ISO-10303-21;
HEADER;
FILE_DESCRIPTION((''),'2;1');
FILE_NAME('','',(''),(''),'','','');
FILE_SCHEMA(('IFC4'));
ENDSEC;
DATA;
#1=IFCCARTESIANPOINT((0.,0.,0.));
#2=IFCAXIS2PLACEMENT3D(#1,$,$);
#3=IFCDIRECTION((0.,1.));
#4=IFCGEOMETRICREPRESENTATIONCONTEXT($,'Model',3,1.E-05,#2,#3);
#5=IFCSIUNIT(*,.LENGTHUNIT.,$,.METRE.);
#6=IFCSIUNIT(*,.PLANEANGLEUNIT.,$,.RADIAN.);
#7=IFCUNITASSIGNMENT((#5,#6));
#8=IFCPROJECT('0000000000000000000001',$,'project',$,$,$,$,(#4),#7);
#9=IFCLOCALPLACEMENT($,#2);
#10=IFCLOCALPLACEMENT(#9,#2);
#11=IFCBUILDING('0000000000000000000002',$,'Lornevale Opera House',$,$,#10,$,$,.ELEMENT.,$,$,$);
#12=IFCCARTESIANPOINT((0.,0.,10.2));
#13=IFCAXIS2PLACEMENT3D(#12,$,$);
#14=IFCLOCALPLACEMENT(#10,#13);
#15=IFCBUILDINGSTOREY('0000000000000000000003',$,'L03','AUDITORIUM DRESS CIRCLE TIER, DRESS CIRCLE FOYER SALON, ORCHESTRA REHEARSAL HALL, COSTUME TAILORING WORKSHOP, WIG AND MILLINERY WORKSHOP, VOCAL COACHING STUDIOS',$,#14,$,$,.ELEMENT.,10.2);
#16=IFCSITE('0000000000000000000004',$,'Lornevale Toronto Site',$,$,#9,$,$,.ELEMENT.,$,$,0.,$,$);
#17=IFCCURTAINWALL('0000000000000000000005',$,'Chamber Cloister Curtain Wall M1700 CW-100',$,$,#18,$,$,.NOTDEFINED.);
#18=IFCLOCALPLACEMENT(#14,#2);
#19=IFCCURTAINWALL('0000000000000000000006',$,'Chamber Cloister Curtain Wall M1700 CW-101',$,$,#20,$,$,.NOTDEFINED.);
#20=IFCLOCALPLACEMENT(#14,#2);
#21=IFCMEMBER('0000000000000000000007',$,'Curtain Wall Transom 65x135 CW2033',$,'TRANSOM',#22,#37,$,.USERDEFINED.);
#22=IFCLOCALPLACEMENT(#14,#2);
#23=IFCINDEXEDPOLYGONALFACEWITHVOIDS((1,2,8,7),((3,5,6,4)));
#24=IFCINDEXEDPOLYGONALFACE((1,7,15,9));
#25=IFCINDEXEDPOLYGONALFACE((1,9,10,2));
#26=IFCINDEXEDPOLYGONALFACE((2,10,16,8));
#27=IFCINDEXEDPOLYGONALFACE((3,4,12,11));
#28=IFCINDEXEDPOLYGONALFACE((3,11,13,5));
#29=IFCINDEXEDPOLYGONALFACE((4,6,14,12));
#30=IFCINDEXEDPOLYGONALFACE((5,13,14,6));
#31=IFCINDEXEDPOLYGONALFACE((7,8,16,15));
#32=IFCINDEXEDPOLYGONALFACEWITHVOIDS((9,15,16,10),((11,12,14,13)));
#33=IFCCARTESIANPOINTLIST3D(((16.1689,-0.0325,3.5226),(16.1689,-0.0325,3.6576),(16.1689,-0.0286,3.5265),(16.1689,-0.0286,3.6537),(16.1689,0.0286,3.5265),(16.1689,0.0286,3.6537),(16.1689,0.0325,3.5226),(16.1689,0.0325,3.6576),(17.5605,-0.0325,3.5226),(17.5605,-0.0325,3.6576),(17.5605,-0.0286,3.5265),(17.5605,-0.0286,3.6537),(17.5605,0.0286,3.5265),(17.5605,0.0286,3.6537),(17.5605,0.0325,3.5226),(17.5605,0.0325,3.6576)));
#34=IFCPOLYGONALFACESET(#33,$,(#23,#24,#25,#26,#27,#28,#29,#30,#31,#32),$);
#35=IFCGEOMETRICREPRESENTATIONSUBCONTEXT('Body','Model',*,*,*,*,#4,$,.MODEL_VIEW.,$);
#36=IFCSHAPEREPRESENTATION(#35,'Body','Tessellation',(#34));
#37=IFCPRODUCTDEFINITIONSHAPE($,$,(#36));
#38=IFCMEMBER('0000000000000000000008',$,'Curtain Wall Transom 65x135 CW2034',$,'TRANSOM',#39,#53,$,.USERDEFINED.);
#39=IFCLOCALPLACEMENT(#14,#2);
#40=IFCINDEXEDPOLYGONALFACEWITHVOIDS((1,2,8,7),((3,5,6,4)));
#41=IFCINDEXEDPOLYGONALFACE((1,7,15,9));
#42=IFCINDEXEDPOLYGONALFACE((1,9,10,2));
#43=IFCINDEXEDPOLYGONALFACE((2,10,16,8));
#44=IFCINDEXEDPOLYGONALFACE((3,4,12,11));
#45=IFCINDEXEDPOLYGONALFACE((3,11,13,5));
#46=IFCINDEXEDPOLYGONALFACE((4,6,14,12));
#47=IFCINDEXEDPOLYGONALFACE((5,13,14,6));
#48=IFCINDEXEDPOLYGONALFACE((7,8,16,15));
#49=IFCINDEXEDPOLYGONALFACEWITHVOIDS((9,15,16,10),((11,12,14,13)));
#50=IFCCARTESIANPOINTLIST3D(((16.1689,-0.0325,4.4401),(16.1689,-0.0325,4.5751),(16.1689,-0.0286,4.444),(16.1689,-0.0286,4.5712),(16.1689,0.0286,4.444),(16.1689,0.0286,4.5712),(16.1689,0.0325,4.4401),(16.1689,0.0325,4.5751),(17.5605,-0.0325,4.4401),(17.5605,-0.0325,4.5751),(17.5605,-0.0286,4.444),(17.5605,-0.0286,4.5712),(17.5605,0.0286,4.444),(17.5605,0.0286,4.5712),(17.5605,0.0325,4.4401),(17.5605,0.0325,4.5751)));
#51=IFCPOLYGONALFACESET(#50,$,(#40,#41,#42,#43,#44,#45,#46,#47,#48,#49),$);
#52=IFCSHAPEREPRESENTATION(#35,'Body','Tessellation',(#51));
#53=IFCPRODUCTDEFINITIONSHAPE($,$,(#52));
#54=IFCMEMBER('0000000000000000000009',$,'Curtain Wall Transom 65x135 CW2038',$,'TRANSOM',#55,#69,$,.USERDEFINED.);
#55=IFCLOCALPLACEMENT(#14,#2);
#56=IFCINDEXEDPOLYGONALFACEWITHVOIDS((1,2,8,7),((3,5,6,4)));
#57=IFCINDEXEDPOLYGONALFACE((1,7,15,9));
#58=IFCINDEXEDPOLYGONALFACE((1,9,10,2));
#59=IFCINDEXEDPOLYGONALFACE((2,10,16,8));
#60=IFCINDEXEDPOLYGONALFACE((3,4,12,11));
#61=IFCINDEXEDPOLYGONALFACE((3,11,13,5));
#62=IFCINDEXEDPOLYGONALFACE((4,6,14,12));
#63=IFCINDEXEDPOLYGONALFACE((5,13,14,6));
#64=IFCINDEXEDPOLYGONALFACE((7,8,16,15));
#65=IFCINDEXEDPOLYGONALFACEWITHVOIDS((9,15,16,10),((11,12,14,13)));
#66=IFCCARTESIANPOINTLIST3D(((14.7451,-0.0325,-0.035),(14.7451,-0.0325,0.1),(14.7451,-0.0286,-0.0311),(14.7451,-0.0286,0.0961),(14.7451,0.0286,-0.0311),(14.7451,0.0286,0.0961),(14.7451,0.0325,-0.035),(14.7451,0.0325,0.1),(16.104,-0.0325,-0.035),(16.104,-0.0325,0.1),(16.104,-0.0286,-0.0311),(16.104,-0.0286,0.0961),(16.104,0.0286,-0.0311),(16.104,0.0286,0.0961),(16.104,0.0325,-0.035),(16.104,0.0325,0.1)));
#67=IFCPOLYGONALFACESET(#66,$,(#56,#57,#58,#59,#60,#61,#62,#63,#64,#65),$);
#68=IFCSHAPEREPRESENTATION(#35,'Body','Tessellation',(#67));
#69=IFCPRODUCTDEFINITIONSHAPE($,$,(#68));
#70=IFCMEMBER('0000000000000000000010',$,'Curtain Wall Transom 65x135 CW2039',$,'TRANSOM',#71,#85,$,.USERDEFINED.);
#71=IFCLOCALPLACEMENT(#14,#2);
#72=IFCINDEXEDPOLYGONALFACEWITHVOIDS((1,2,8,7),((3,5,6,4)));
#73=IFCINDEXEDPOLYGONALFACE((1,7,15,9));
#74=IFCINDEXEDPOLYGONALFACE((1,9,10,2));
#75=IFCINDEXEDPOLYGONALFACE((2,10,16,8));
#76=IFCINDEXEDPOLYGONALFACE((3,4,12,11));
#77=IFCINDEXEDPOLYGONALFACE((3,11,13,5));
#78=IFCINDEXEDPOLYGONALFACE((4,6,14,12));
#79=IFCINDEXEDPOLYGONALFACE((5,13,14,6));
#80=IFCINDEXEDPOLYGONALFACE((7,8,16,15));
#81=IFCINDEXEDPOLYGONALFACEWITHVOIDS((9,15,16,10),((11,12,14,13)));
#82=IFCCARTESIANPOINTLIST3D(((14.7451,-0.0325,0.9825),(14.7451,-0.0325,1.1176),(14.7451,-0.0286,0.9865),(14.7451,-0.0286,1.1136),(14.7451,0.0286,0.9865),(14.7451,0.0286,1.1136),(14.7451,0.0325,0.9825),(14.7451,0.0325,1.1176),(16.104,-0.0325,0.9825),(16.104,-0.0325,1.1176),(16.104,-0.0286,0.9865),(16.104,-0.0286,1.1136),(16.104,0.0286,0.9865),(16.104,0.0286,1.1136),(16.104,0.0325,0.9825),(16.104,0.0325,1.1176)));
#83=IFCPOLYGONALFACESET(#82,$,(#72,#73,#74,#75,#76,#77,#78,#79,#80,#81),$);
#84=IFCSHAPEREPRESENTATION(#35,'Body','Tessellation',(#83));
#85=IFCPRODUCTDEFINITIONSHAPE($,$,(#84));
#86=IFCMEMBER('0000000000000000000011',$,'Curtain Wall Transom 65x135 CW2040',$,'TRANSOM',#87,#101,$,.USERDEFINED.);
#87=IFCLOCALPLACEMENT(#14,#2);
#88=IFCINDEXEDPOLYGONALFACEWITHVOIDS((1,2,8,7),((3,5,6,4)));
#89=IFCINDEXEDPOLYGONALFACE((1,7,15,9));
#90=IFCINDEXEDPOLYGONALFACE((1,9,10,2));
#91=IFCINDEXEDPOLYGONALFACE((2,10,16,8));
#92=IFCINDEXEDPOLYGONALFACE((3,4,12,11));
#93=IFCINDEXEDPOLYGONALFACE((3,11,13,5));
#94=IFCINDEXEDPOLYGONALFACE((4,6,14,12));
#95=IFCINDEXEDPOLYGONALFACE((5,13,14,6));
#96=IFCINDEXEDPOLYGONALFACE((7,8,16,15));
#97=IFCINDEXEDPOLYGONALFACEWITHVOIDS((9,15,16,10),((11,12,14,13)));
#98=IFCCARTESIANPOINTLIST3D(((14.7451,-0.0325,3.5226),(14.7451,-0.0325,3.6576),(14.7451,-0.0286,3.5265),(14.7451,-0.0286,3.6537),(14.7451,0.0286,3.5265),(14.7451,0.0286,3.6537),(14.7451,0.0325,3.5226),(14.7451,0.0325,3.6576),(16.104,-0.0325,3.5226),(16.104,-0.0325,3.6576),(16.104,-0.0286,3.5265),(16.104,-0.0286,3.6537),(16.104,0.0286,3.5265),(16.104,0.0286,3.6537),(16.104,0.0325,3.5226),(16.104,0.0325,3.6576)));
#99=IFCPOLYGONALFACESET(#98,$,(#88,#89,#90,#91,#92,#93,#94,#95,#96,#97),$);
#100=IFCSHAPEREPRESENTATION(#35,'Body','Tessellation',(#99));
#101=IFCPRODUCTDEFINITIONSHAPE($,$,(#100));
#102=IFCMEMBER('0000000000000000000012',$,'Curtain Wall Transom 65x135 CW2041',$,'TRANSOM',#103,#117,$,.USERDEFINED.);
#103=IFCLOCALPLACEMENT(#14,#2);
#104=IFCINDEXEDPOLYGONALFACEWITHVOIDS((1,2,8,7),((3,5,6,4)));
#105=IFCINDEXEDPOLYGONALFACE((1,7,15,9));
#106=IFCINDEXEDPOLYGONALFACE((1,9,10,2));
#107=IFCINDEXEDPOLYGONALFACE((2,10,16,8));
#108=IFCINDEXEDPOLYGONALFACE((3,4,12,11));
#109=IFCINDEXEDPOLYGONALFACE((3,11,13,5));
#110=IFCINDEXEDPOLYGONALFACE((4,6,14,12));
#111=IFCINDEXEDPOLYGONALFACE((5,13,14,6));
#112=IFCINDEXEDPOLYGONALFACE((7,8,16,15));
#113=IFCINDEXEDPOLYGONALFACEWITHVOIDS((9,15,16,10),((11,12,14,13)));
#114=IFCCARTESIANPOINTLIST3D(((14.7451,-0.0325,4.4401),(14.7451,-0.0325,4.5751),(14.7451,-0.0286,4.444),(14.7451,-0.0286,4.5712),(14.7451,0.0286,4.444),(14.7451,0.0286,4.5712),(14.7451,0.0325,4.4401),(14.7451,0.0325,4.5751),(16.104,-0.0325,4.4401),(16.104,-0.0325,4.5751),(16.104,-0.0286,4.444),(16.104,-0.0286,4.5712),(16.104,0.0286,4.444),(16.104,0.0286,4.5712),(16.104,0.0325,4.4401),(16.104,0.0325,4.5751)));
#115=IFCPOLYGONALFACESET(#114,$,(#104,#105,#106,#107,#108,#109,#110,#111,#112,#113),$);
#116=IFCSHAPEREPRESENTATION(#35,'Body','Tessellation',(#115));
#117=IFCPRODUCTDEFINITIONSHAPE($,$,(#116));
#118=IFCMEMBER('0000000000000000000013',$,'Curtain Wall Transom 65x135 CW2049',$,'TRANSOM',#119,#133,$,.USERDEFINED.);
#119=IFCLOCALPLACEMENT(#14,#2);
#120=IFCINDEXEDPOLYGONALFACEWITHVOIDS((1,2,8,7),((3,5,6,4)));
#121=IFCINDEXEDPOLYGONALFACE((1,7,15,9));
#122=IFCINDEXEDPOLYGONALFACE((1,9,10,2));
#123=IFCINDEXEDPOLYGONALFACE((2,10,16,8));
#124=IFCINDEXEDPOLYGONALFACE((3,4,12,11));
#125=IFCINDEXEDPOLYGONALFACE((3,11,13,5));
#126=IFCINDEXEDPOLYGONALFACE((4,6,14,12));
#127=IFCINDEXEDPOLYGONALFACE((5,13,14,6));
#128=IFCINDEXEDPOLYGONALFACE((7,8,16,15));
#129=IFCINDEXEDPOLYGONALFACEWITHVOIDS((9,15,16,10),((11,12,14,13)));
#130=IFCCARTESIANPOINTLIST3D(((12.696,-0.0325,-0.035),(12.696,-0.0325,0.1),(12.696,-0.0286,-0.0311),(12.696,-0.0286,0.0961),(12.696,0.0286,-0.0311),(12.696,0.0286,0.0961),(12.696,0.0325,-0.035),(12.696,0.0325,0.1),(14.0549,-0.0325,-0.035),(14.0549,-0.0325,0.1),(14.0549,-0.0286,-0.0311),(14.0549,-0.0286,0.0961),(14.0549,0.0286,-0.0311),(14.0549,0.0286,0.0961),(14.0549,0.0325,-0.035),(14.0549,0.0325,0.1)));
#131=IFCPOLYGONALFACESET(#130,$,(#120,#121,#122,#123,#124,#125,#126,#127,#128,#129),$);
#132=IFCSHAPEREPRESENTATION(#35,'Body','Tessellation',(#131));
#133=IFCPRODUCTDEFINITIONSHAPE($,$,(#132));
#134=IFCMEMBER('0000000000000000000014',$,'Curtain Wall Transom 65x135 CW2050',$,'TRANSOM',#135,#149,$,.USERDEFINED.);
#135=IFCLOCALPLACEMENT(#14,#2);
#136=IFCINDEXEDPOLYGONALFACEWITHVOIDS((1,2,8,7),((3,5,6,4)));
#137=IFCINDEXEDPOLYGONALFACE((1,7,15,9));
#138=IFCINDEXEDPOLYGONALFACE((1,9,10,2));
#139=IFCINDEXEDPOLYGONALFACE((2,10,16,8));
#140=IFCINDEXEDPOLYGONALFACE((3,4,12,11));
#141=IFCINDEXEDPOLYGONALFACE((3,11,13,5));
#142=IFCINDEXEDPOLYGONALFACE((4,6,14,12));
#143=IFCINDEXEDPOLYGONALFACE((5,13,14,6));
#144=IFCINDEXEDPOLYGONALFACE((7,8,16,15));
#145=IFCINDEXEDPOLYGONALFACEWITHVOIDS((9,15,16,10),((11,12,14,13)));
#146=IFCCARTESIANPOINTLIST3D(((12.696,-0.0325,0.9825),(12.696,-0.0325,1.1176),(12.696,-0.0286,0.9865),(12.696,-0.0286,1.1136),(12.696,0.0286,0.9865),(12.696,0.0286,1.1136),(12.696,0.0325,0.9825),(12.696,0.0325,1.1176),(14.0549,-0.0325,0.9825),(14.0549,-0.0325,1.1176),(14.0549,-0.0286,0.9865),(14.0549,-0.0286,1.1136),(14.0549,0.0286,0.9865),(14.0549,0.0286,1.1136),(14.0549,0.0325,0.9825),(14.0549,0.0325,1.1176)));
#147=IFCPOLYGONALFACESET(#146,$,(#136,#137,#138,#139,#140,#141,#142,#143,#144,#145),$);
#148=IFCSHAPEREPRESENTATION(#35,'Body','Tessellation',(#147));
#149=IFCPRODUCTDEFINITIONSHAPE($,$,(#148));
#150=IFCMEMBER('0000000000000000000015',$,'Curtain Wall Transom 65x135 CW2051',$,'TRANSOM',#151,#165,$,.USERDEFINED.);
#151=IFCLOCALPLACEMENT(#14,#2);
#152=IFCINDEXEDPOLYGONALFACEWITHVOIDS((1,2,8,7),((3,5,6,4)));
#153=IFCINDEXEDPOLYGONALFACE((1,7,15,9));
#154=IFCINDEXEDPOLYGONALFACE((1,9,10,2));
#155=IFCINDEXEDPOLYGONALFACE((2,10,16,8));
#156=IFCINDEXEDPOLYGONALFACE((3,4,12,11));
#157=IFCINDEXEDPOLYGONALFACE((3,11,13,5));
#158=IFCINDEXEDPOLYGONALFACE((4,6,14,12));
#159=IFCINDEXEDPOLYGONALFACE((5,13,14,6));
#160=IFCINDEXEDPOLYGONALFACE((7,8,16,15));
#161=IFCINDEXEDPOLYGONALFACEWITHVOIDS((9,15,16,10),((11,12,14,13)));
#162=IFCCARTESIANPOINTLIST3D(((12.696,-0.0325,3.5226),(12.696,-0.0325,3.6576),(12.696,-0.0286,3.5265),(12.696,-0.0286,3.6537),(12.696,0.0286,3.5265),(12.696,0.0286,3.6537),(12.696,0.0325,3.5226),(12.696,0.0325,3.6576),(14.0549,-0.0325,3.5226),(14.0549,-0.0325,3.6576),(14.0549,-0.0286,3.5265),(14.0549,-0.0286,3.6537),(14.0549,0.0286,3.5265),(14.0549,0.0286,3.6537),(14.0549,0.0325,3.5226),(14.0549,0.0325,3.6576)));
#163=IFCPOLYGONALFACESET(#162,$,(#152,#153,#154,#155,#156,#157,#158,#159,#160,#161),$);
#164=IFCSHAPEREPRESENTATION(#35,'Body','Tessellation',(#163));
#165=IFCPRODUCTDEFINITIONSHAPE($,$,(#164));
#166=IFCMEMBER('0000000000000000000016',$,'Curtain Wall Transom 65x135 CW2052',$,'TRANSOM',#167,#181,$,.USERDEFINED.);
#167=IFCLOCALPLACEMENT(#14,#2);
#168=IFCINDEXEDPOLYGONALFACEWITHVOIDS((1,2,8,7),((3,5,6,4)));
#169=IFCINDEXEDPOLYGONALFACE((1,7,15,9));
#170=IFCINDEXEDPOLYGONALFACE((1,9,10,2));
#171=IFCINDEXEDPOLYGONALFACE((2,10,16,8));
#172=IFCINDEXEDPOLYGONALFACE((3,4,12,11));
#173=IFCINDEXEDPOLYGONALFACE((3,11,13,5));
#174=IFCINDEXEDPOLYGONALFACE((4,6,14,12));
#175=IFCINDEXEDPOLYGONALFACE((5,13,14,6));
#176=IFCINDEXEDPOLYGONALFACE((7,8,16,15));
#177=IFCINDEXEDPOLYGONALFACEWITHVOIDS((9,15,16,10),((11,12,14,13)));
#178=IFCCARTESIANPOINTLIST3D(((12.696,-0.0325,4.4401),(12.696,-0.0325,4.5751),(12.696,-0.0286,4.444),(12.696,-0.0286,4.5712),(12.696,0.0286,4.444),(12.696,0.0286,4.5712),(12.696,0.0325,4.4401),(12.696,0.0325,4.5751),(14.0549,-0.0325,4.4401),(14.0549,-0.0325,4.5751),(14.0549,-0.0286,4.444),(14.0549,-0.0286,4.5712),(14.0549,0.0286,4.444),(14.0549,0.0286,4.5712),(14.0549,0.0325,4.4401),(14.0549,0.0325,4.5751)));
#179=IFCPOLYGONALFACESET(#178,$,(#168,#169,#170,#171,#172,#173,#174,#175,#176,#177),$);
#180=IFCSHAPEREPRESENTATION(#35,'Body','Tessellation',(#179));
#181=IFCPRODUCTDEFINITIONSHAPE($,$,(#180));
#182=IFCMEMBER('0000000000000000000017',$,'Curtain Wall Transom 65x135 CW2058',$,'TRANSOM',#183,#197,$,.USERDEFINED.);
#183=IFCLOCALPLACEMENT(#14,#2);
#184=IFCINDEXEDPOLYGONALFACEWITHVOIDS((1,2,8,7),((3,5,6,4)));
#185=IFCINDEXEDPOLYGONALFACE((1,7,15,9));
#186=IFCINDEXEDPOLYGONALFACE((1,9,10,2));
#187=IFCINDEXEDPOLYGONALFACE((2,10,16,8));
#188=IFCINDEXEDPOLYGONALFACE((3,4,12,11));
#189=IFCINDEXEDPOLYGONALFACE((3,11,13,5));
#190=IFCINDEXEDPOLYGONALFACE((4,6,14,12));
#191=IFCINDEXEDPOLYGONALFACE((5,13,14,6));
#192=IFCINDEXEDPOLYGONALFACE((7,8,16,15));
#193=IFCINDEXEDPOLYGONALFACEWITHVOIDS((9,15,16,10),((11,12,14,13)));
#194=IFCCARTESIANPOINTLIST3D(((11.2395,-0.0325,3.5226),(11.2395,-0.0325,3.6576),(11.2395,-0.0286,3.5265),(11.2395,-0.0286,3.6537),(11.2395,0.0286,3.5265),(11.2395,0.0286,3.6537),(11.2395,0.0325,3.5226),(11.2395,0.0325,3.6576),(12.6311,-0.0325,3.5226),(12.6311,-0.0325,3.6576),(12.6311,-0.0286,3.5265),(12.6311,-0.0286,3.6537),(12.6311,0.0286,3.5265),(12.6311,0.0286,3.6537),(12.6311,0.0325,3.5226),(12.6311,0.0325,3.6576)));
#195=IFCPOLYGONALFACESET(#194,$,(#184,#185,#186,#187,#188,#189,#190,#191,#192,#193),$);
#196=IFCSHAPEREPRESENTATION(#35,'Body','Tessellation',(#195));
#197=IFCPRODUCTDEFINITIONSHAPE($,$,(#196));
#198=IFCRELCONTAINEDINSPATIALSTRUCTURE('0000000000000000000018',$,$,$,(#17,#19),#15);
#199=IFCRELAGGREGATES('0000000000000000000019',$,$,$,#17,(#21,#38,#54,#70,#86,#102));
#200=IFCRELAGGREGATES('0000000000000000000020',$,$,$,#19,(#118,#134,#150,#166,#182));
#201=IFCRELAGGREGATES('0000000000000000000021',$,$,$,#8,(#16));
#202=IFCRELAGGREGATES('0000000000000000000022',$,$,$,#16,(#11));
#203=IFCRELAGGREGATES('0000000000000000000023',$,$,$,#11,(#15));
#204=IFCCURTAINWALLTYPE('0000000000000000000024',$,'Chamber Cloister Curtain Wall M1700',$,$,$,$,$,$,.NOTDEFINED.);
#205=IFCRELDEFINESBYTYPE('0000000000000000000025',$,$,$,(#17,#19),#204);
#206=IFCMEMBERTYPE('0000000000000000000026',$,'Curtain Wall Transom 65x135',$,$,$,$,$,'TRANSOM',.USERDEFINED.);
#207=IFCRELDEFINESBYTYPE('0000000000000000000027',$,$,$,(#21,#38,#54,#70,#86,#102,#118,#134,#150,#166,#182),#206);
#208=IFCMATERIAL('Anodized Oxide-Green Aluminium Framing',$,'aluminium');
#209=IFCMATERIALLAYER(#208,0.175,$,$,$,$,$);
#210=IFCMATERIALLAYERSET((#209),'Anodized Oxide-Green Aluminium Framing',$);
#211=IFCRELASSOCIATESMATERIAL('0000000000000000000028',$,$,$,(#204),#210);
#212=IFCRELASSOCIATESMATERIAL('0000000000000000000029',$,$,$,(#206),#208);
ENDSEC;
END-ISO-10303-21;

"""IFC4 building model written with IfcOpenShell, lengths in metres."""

from ifc_helpers import new_model, si_unit, direction, frame, origin, origin_2d, place, context, subcontext, project, spatial, hollow_rectangle, extrude, material, layer, layer_set, material_profile, profile_set, type_object, element, aggregate, save


model = new_model("IFC4")

# Units and contexts
model_context = context("Model", 3, precision=1e-05, world=origin(), true_north=direction((0.0, 1.0)))
body_context = subcontext(model_context, "Body", "Model", "MODEL_VIEW")
ifc_project = project(units=[si_unit("LENGTHUNIT", "METRE"), si_unit("PLANEANGLEUNIT", "RADIAN")], contexts=[model_context])

# Site, building, storey
site_placement = place(None, origin())
site = spatial("IfcSite", under=ifc_project, at=site_placement, Name="Lornevale Toronto Site", CompositionType="ELEMENT", RefElevation=0.0)
building_placement = place(site_placement, origin())
building = spatial("IfcBuilding", under=site, at=building_placement, Name="Lornevale Opera House", CompositionType="ELEMENT")
storey_placement = place(building_placement, frame((0.0, 0.0, 10.2)))
storey = spatial("IfcBuildingStorey", under=building, at=storey_placement, Name="L03", Description="AUDITORIUM DRESS CIRCLE TIER, DRESS CIRCLE FOYER SALON, ORCHESTRA REHEARSAL HALL, COSTUME TAILORING WORKSHOP, WIG AND MILLINERY WORKSHOP, VOCAL COACHING STUDIOS", CompositionType="ELEMENT", Elevation=10.2)

# Curtain walls
ifc_material_1 = material(Name="Anodized Oxide-Green Aluminium Framing", Category="aluminium")
ifc_layer_1 = layer(ifc_material_1, 0.175)
ifc_layer_set_1 = layer_set([ifc_layer_1], Name="Anodized Oxide-Green Aluminium Framing")
curtain_wall_type = type_object("IfcCurtainWallType", Name="Chamber Cloister Curtain Wall M1700", PredefinedType="NOTDEFINED", material=ifc_layer_set_1)
curtain_wall_1_placement = place(storey_placement, origin())
curtain_wall_1 = element("IfcCurtainWall", 1, at=curtain_wall_1_placement, inside=storey, type_object=curtain_wall_type, Name="Chamber Cloister Curtain Wall M1700 CW-100", PredefinedType="NOTDEFINED")
curtain_wall_2_placement = place(storey_placement, origin())
curtain_wall_2 = element("IfcCurtainWall", 2, at=curtain_wall_2_placement, inside=storey, type_object=curtain_wall_type, Name="Chamber Cloister Curtain Wall M1700 CW-101", PredefinedType="NOTDEFINED")

# Members
ifc_material_profile_1 = material_profile(ifc_material_1, hollow_rectangle(XDim=0.0649, YDim=0.135, WallThickness=0.0039, at=origin_2d()), Name="ALU65x135x4")
ifc_profile_set_1 = profile_set([ifc_material_profile_1], Name="Anodized Oxide-Green Aluminium Framing")
member_type_1 = type_object("IfcMemberType", Name="Curtain Wall Transom 65x135", ElementType="TRANSOM", PredefinedType="USERDEFINED", material=ifc_profile_set_1)
member_1_placement = place(storey_placement, frame((17.5605, 0.0, 3.5901), z_axis=(-1.0, 0.0, 0.0), x_axis=(0.0, -1.0, 0.0)))
member_1 = element("IfcMember", 3, at=member_1_placement, type_object=member_type_1, Name="Curtain Wall Transom 65x135 CW2033", ObjectType="TRANSOM", PredefinedType="USERDEFINED", context=body_context, shape_type="SweptSolid", body=[
    extrude(hollow_rectangle(XDim=0.0649, YDim=0.135, WallThickness=0.0039, at=origin_2d()), origin(), (0.0, 0.0, 1.0), 1.3916),
])
member_2_placement = place(storey_placement, frame((17.5605, 0.0, 4.5076), z_axis=(-1.0, 0.0, 0.0), x_axis=(0.0, -1.0, 0.0)))
member_2 = element("IfcMember", 4, at=member_2_placement, type_object=member_type_1, Name="Curtain Wall Transom 65x135 CW2034", ObjectType="TRANSOM", PredefinedType="USERDEFINED", context=body_context, shape_type="SweptSolid", body=[
    extrude(hollow_rectangle(XDim=0.0649, YDim=0.135, WallThickness=0.0039, at=origin_2d()), origin(), (0.0, 0.0, 1.0), 1.3916),
])
member_3_placement = place(storey_placement, frame((16.104, 0.0, 0.0325), z_axis=(-1.0, 0.0, 0.0), x_axis=(0.0, -1.0, 0.0)))
member_3 = element("IfcMember", 5, at=member_3_placement, type_object=member_type_1, Name="Curtain Wall Transom 65x135 CW2038", ObjectType="TRANSOM", PredefinedType="USERDEFINED", context=body_context, shape_type="SweptSolid", body=[
    extrude(hollow_rectangle(XDim=0.0649, YDim=0.135, WallThickness=0.0039, at=origin_2d()), origin(), (0.0, 0.0, 1.0), 1.3589),
])
member_4_placement = place(storey_placement, frame((16.104, 0.0, 1.05), z_axis=(-1.0, 0.0, 0.0), x_axis=(0.0, -1.0, 0.0)))
member_4 = element("IfcMember", 6, at=member_4_placement, type_object=member_type_1, Name="Curtain Wall Transom 65x135 CW2039", ObjectType="TRANSOM", PredefinedType="USERDEFINED", context=body_context, shape_type="SweptSolid", body=[
    extrude(hollow_rectangle(XDim=0.0649, YDim=0.135, WallThickness=0.0039, at=origin_2d()), origin(), (0.0, 0.0, 1.0), 1.3589),
])
member_5_placement = place(storey_placement, frame((16.104, 0.0, 3.5901), z_axis=(-1.0, 0.0, 0.0), x_axis=(0.0, -1.0, 0.0)))
member_5 = element("IfcMember", 7, at=member_5_placement, type_object=member_type_1, Name="Curtain Wall Transom 65x135 CW2040", ObjectType="TRANSOM", PredefinedType="USERDEFINED", context=body_context, shape_type="SweptSolid", body=[
    extrude(hollow_rectangle(XDim=0.0649, YDim=0.135, WallThickness=0.0039, at=origin_2d()), origin(), (0.0, 0.0, 1.0), 1.3589),
])
member_6_placement = place(storey_placement, frame((16.104, 0.0, 4.5076), z_axis=(-1.0, 0.0, 0.0), x_axis=(0.0, -1.0, 0.0)))
member_6 = element("IfcMember", 8, at=member_6_placement, type_object=member_type_1, Name="Curtain Wall Transom 65x135 CW2041", ObjectType="TRANSOM", PredefinedType="USERDEFINED", context=body_context, shape_type="SweptSolid", body=[
    extrude(hollow_rectangle(XDim=0.0649, YDim=0.135, WallThickness=0.0039, at=origin_2d()), origin(), (0.0, 0.0, 1.0), 1.3589),
])
member_7_placement = place(storey_placement, frame((14.0549, 0.0, 0.0325), z_axis=(-1.0, 0.0, 0.0), x_axis=(0.0, -1.0, 0.0)))
member_7 = element("IfcMember", 9, at=member_7_placement, type_object=member_type_1, Name="Curtain Wall Transom 65x135 CW2049", ObjectType="TRANSOM", PredefinedType="USERDEFINED", context=body_context, shape_type="SweptSolid", body=[
    extrude(hollow_rectangle(XDim=0.0649, YDim=0.135, WallThickness=0.0039, at=origin_2d()), origin(), (0.0, 0.0, 1.0), 1.3589),
])
member_8_placement = place(storey_placement, frame((14.0549, 0.0, 1.05), z_axis=(-1.0, 0.0, 0.0), x_axis=(0.0, -1.0, 0.0)))
member_8 = element("IfcMember", 10, at=member_8_placement, type_object=member_type_1, Name="Curtain Wall Transom 65x135 CW2050", ObjectType="TRANSOM", PredefinedType="USERDEFINED", context=body_context, shape_type="SweptSolid", body=[
    extrude(hollow_rectangle(XDim=0.0649, YDim=0.135, WallThickness=0.0039, at=origin_2d()), origin(), (0.0, 0.0, 1.0), 1.3589),
])
member_9_placement = place(storey_placement, frame((14.0549, 0.0, 3.5901), z_axis=(-1.0, 0.0, 0.0), x_axis=(0.0, -1.0, 0.0)))
member_9 = element("IfcMember", 11, at=member_9_placement, type_object=member_type_1, Name="Curtain Wall Transom 65x135 CW2051", ObjectType="TRANSOM", PredefinedType="USERDEFINED", context=body_context, shape_type="SweptSolid", body=[
    extrude(hollow_rectangle(XDim=0.0649, YDim=0.135, WallThickness=0.0039, at=origin_2d()), origin(), (0.0, 0.0, 1.0), 1.3589),
])
member_10_placement = place(storey_placement, frame((14.0549, 0.0, 4.5076), z_axis=(-1.0, 0.0, 0.0), x_axis=(0.0, -1.0, 0.0)))
member_10 = element("IfcMember", 12, at=member_10_placement, type_object=member_type_1, Name="Curtain Wall Transom 65x135 CW2052", ObjectType="TRANSOM", PredefinedType="USERDEFINED", context=body_context, shape_type="SweptSolid", body=[
    extrude(hollow_rectangle(XDim=0.0649, YDim=0.135, WallThickness=0.0039, at=origin_2d()), origin(), (0.0, 0.0, 1.0), 1.3589),
])
member_11_placement = place(storey_placement, frame((12.6311, 0.0, 3.5901), z_axis=(-1.0, 0.0, 0.0), x_axis=(0.0, -1.0, 0.0)))
member_11 = element("IfcMember", 13, at=member_11_placement, type_object=member_type_1, Name="Curtain Wall Transom 65x135 CW2058", ObjectType="TRANSOM", PredefinedType="USERDEFINED", context=body_context, shape_type="SweptSolid", body=[
    extrude(hollow_rectangle(XDim=0.0649, YDim=0.135, WallThickness=0.0039, at=origin_2d()), origin(), (0.0, 0.0, 1.0), 1.3916),
])

aggregate(curtain_wall_1, [member_1, member_2, member_3, member_4, member_5, member_6])
aggregate(curtain_wall_2, [member_7, member_8, member_9, member_10, member_11])

save(model, "model.ifc")
